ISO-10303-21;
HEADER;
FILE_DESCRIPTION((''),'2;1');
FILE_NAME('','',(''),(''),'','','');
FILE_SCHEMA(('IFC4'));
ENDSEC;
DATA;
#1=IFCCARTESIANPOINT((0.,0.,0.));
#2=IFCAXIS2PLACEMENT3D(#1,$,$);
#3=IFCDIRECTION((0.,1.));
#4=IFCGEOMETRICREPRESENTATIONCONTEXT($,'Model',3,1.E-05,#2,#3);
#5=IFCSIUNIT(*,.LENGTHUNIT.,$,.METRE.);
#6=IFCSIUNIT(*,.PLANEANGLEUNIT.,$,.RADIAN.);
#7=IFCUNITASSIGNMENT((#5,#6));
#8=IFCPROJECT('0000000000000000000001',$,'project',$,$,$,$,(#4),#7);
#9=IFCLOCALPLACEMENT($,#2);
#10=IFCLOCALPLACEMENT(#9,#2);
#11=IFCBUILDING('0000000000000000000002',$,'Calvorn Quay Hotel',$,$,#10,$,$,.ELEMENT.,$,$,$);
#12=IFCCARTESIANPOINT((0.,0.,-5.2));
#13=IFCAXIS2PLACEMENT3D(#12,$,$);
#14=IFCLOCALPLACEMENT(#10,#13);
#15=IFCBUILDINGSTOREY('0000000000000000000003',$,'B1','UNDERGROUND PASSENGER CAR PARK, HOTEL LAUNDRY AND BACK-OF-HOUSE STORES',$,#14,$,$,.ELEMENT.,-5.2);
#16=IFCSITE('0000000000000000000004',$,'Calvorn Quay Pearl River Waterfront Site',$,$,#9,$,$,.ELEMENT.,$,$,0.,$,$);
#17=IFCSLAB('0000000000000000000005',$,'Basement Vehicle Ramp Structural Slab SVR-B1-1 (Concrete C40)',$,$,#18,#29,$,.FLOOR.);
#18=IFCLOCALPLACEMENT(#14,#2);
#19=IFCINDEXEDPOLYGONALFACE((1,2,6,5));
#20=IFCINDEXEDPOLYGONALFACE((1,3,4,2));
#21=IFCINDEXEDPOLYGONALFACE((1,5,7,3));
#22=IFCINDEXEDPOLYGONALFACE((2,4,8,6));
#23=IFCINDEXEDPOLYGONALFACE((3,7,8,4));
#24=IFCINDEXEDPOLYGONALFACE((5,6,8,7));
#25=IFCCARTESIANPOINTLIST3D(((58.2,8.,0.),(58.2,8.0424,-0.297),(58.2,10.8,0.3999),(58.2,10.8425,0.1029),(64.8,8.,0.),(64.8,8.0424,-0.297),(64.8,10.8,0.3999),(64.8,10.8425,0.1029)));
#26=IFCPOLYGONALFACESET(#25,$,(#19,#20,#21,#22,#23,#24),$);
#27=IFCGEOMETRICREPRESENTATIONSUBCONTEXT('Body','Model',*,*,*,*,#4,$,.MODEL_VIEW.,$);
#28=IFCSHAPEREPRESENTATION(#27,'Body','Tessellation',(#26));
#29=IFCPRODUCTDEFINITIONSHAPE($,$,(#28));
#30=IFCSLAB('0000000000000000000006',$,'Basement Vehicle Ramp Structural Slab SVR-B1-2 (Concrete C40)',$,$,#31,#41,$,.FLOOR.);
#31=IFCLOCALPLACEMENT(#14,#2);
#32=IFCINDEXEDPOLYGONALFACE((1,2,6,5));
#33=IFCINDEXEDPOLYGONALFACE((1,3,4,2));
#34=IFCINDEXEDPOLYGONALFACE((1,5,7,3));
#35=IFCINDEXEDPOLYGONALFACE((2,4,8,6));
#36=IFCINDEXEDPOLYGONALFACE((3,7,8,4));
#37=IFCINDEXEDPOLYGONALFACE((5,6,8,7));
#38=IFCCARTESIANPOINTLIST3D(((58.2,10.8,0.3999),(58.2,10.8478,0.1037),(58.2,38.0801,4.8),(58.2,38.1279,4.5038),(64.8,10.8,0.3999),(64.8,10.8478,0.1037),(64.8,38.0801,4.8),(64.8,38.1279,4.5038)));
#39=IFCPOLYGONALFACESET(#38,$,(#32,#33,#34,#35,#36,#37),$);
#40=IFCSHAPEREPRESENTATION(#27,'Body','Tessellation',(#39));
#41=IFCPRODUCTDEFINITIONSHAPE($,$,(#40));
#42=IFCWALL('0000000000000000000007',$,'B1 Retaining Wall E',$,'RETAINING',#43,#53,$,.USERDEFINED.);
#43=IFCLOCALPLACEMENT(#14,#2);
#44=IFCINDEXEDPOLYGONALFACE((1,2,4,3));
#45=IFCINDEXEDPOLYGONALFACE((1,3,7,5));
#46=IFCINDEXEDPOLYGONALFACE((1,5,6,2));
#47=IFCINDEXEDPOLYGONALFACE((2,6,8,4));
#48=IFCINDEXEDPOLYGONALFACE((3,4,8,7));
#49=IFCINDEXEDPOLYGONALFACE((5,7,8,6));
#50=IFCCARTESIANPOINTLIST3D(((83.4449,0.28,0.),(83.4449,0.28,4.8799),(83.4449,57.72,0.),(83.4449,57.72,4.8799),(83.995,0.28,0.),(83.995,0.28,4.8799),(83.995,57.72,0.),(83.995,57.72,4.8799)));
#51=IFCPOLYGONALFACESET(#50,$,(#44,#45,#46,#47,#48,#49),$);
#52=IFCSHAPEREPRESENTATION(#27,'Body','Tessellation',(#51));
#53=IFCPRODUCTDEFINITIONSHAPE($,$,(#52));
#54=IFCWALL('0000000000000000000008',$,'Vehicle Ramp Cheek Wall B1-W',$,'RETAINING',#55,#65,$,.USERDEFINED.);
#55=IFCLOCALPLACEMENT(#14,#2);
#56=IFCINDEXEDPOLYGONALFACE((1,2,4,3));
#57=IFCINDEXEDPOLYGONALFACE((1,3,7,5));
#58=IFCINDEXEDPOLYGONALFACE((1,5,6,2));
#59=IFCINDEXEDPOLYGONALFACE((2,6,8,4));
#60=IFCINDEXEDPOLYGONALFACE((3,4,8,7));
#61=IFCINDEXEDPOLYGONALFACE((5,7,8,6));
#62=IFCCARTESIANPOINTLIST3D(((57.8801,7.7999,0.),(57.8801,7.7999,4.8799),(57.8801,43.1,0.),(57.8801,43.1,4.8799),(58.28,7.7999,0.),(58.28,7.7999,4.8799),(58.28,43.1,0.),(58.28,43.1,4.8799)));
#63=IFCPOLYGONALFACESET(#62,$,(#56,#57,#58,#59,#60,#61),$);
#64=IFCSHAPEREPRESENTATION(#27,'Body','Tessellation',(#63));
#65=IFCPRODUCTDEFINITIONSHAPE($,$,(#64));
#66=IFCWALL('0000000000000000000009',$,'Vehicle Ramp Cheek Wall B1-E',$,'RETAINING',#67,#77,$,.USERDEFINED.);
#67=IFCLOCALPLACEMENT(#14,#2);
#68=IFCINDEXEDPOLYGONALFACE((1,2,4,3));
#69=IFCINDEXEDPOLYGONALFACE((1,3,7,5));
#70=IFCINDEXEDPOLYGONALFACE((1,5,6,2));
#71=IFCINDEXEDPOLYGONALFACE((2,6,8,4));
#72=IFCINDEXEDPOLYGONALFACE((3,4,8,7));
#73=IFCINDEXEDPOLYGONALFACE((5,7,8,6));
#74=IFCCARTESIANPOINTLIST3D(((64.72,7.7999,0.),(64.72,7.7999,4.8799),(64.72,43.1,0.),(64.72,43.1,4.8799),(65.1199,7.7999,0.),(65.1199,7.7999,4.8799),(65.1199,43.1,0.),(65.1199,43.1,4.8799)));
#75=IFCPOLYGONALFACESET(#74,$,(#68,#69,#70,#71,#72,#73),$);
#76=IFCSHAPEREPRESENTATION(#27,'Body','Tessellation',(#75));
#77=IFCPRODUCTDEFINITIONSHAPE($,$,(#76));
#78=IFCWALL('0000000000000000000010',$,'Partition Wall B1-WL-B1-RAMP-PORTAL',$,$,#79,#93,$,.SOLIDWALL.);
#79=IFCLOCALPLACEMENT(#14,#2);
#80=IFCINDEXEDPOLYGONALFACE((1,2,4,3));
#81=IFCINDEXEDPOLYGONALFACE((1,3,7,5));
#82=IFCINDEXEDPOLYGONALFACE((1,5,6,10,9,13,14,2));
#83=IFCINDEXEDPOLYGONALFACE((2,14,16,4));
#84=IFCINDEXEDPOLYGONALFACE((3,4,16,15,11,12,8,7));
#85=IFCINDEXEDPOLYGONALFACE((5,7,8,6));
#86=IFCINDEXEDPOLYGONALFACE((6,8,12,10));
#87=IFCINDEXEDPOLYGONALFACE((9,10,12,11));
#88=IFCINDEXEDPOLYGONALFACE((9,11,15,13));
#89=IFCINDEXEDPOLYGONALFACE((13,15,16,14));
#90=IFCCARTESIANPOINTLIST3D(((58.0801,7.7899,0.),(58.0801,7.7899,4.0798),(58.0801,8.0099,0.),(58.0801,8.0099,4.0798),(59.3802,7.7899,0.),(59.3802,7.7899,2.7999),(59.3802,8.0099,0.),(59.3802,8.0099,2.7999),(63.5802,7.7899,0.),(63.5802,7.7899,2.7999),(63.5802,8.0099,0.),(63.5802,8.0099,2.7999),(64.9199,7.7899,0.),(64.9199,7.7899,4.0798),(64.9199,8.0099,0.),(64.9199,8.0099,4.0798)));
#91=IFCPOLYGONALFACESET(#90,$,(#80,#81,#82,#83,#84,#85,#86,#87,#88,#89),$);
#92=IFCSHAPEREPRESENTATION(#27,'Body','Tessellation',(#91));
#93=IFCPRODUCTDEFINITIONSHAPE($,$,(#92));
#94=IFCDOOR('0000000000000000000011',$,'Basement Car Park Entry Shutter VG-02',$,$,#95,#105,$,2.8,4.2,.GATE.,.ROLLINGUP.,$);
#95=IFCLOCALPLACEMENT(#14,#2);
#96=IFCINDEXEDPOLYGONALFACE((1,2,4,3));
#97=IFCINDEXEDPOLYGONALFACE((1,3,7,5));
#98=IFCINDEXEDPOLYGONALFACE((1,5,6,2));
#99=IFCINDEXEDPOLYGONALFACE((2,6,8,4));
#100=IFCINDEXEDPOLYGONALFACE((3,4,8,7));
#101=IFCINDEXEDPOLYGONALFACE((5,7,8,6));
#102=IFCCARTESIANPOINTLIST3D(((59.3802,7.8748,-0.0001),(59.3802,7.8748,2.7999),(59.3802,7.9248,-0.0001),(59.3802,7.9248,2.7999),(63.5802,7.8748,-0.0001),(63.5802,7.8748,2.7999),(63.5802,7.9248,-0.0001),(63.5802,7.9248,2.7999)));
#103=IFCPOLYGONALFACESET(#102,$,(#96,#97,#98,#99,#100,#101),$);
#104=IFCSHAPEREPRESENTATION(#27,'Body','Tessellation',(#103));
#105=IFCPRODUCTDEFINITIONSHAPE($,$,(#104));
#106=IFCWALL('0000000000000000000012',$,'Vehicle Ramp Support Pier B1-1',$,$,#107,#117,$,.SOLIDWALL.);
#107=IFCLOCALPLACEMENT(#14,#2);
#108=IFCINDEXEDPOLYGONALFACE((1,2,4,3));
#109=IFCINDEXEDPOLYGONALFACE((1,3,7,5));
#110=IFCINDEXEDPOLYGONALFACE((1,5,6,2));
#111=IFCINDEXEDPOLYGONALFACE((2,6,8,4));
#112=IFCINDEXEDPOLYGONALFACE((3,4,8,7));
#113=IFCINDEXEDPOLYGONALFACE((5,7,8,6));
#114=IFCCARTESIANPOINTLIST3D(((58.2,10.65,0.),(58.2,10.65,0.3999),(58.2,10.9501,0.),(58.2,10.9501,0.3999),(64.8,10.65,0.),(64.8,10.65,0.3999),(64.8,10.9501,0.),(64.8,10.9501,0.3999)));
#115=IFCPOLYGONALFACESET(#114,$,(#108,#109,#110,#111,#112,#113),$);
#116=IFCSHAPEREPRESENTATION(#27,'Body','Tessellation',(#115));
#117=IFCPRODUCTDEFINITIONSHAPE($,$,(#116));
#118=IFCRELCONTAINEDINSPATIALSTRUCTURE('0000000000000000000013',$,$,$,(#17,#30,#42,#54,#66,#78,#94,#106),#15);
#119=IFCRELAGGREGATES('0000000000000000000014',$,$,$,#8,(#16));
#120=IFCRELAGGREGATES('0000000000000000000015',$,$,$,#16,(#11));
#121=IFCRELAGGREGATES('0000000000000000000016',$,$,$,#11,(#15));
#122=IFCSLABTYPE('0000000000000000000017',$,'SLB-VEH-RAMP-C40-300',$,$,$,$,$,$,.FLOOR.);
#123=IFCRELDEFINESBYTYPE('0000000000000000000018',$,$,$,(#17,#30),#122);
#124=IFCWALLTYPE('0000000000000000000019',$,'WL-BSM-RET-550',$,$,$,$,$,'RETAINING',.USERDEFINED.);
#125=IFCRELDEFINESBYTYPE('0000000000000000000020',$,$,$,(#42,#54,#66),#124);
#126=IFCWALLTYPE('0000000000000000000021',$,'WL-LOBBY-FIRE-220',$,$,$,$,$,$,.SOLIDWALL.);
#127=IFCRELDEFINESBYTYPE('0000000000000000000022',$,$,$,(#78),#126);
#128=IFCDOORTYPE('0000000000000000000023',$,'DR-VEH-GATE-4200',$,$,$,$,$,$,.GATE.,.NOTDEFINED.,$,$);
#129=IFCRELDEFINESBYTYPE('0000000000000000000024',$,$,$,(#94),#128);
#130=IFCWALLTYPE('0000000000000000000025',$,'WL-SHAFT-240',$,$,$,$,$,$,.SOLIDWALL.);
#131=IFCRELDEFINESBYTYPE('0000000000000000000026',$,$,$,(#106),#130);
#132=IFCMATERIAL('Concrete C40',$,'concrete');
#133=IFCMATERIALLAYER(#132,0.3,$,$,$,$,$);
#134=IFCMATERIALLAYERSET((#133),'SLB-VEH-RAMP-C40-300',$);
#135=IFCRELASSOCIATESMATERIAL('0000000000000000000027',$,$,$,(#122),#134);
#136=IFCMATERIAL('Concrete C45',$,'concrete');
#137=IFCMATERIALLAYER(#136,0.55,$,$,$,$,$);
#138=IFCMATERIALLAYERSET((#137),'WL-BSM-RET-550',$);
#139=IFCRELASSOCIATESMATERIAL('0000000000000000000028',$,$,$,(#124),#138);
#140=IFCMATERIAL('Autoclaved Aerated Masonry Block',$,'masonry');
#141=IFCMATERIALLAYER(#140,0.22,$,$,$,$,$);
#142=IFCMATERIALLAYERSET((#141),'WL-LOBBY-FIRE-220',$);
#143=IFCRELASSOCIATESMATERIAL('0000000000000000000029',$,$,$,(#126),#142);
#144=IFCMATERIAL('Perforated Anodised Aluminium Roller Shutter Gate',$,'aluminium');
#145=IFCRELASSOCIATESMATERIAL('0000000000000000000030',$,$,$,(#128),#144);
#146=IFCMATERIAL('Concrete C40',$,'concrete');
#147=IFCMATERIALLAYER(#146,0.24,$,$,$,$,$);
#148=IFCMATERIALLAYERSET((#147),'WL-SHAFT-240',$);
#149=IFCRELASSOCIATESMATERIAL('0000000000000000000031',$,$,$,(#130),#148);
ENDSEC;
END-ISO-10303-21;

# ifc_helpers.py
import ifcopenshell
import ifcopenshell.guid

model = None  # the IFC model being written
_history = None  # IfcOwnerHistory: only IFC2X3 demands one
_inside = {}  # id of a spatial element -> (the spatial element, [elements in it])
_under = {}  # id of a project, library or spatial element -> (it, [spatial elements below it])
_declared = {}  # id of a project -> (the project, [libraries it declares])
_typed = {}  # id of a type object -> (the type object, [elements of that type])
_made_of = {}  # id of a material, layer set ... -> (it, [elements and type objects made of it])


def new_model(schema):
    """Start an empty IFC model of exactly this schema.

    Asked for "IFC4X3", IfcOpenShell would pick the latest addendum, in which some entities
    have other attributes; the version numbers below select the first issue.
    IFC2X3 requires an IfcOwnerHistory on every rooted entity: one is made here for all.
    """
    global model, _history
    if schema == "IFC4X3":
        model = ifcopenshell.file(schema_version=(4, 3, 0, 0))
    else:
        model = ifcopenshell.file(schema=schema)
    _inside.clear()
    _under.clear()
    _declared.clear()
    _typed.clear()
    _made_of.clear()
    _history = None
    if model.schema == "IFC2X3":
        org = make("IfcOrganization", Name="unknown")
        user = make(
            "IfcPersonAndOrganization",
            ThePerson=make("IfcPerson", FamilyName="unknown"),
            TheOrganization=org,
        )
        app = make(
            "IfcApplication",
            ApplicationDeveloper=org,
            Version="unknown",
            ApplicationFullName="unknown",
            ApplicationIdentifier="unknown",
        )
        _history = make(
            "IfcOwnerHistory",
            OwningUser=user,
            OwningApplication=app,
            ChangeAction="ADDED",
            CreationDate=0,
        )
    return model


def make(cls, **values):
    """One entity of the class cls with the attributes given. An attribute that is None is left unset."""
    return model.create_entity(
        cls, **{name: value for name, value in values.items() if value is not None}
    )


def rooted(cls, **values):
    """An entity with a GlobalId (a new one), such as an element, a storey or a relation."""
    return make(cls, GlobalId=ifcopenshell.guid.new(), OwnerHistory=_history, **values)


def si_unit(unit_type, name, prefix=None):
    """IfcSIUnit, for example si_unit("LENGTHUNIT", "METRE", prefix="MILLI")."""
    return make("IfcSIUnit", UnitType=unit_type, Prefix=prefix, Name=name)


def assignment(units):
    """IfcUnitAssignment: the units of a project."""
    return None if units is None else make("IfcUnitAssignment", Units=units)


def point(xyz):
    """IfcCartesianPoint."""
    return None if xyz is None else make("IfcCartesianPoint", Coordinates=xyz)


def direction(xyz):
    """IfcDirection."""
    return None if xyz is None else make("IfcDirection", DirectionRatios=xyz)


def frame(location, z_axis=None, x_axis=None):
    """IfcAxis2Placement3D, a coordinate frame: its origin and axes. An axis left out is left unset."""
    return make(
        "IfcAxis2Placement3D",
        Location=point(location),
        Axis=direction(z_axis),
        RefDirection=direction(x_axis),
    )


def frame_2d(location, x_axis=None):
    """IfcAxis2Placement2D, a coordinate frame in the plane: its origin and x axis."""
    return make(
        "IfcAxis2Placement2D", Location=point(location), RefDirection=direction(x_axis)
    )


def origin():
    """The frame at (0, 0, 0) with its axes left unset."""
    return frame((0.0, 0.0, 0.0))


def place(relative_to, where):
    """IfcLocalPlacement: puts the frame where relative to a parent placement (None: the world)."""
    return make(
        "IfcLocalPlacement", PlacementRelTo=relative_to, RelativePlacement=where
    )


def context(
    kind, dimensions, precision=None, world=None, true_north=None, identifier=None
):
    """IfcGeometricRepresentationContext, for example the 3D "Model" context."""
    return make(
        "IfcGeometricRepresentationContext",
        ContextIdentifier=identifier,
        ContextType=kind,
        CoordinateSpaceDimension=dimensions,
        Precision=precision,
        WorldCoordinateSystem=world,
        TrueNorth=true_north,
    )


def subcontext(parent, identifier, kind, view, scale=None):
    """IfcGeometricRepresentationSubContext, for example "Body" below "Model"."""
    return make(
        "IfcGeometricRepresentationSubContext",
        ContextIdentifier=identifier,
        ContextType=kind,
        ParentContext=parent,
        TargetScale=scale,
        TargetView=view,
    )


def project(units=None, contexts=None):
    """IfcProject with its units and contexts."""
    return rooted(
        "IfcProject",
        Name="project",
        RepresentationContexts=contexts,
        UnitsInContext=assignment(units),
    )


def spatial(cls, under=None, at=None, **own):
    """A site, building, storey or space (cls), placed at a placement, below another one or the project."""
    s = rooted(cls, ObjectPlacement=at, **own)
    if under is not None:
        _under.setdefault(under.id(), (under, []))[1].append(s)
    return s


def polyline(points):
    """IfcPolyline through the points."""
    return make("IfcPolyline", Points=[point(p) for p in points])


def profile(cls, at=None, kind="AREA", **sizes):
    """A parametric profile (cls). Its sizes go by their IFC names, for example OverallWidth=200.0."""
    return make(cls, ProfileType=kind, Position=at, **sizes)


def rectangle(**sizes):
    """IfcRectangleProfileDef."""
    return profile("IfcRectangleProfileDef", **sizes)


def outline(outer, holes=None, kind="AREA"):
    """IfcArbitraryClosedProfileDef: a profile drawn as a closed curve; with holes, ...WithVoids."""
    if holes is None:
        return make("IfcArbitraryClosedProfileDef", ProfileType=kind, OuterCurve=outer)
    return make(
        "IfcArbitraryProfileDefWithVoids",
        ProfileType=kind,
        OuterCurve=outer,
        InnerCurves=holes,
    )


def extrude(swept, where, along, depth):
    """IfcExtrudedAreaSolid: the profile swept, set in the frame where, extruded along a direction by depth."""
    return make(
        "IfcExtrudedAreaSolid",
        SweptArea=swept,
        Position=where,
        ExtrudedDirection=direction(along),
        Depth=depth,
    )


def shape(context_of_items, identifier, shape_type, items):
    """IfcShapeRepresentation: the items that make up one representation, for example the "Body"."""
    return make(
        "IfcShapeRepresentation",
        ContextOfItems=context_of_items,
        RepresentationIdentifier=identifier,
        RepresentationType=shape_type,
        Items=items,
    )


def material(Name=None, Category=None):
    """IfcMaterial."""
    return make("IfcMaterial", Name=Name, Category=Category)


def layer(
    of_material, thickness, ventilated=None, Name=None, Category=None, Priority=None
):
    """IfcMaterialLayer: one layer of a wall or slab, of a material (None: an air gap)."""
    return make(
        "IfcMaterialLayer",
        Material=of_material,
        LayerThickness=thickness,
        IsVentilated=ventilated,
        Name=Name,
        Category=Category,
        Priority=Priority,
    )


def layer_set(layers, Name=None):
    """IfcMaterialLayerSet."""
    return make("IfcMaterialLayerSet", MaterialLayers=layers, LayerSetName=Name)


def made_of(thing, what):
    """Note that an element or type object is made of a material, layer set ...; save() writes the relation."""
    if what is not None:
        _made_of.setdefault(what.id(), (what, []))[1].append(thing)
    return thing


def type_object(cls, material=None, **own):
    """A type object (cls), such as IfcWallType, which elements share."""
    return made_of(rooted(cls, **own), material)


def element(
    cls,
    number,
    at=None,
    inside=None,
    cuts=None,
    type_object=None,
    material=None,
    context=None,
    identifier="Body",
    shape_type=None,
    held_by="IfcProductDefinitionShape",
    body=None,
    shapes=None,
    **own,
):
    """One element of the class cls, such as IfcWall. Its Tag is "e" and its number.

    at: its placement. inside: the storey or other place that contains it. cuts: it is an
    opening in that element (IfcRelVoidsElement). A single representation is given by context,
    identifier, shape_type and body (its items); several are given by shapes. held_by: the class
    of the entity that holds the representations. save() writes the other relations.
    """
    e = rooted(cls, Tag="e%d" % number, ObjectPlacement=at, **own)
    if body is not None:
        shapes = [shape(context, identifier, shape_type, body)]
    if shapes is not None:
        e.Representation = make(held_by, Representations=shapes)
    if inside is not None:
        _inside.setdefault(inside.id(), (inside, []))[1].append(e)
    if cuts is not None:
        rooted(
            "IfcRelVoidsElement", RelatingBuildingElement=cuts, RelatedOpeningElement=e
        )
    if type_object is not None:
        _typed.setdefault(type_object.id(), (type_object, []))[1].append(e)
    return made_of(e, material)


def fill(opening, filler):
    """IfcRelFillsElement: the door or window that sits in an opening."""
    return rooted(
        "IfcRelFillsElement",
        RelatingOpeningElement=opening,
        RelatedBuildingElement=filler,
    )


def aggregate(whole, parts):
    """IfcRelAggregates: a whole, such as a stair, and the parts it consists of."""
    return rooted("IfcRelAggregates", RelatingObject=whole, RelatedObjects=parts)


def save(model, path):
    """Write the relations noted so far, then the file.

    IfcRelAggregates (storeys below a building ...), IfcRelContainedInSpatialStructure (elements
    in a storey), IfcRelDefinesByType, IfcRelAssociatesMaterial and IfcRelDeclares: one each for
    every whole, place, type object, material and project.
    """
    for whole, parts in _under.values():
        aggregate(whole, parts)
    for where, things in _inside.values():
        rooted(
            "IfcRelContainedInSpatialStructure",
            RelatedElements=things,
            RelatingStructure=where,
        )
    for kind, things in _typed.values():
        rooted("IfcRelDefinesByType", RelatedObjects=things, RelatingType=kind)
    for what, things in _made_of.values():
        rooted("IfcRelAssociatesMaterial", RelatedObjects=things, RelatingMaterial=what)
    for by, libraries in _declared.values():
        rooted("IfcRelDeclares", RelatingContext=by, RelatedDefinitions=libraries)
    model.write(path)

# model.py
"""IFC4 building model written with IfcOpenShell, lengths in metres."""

from ifc_helpers import new_model, si_unit, direction, frame, frame_2d, origin, place, context, subcontext, project, spatial, polyline, rectangle, outline, extrude, material, layer, layer_set, type_object, element, fill, save


model = new_model("IFC4")

# Units and contexts
model_context = context("Model", 3, precision=1e-05, world=origin(), true_north=direction((0.0, 1.0)))
body_context = subcontext(model_context, "Body", "Model", "MODEL_VIEW")
ifc_project = project(units=[si_unit("LENGTHUNIT", "METRE"), si_unit("PLANEANGLEUNIT", "RADIAN")], contexts=[model_context])

# Site, building, storey
site_placement = place(None, origin())
site = spatial("IfcSite", under=ifc_project, at=site_placement, Name="Calvorn Quay Pearl River Waterfront Site", CompositionType="ELEMENT", RefElevation=0.0)
building_placement = place(site_placement, origin())
building = spatial("IfcBuilding", under=site, at=building_placement, Name="Calvorn Quay Hotel", CompositionType="ELEMENT")
storey_placement = place(building_placement, frame((0.0, 0.0, -5.2)))
storey = spatial("IfcBuildingStorey", under=building, at=storey_placement, Name="B1", Description="UNDERGROUND PASSENGER CAR PARK, HOTEL LAUNDRY AND BACK-OF-HOUSE STORES", CompositionType="ELEMENT", Elevation=-5.2)

# Slabs
ifc_material_1 = material(Name="Concrete C40", Category="concrete")
ifc_layer_1 = layer(ifc_material_1, 0.3)
ifc_layer_set_1 = layer_set([ifc_layer_1], Name="SLB-VEH-RAMP-C40-300")
slab_type = type_object("IfcSlabType", Name="SLB-VEH-RAMP-C40-300", PredefinedType="FLOOR", material=ifc_layer_set_1)
slab_1_placement = place(storey_placement, frame((58.2, 8.0, 0.0), z_axis=(0.0, -0.141385, 0.989955), x_axis=(1.0, 0.0, 0.0)))
element("IfcSlab", 1, at=slab_1_placement, inside=storey, type_object=slab_type, Name="Basement Vehicle Ramp Structural Slab SVR-B1-1 (Concrete C40)", PredefinedType="FLOOR", context=body_context, shape_type="SweptSolid", body=[
    extrude(outline(polyline([(0.0, 0.0), (6.6001, 0.0), (6.6001, 2.8285), (0.0, 2.8285), (0.0, 0.0)])), origin(), (0.0, 0.0, -1.0), 0.3),
])
slab_2_placement = place(storey_placement, frame((58.2, 10.8, 0.3999), z_axis=(0.0, -0.159237, 0.98724), x_axis=(1.0, 0.0, 0.0)))
element("IfcSlab", 2, at=slab_2_placement, inside=storey, type_object=slab_type, Name="Basement Vehicle Ramp Structural Slab SVR-B1-2 (Concrete C40)", PredefinedType="FLOOR", context=body_context, shape_type="SweptSolid", body=[
    extrude(outline(polyline([(0.0, 0.0), (6.6001, 0.0), (6.6001, 27.6326), (0.0, 27.6326), (0.0, 0.0)])), origin(), (0.0, 0.0, -1.0), 0.3),
])

# Walls
ifc_material_2 = material(Name="Concrete C45", Category="concrete")
ifc_layer_2 = layer(ifc_material_2, 0.55)
ifc_layer_set_2 = layer_set([ifc_layer_2], Name="WL-BSM-RET-550")
wall_type_1 = type_object("IfcWallType", Name="WL-BSM-RET-550", ElementType="RETAINING", PredefinedType="USERDEFINED", material=ifc_layer_set_2)
wall_1_placement = place(storey_placement, frame((83.72, 0.28, 0.0), z_axis=(0.0, 0.0, 1.0), x_axis=(0.0, 1.0, 0.0)))
element("IfcWall", 3, at=wall_1_placement, inside=storey, type_object=wall_type_1, Name="B1 Retaining Wall E", ObjectType="RETAINING", PredefinedType="USERDEFINED", context=body_context, shape_type="SweptSolid", body=[
    extrude(rectangle(XDim=57.4399, YDim=0.55, at=frame_2d((28.72, 0.0))), origin(), (0.0, 0.0, 1.0), 4.8799),
])
for number, where, z_axis, x_axis, name in (
    (4, (58.0801, 7.8, 0.0), (0.0, 0.0, 1.0), (0.0, 1.0, 0.0), "Vehicle Ramp Cheek Wall B1-W"),
    (5, (64.9199, 7.8, 0.0), (0.0, 0.0, 1.0), (0.0, 1.0, 0.0), "Vehicle Ramp Cheek Wall B1-E"),
):
    element("IfcWall", number, at=place(storey_placement, frame(where, z_axis=z_axis, x_axis=x_axis)), inside=storey, type_object=wall_type_1, Name=name, ObjectType="RETAINING", PredefinedType="USERDEFINED", context=body_context, shape_type="SweptSolid", body=[
        extrude(rectangle(XDim=35.3, YDim=0.3999, at=frame_2d((17.6499, 0.0))), origin(), (0.0, 0.0, 1.0), 4.8799),
    ])

# Wall, opening, door
ifc_material_3 = material(Name="Autoclaved Aerated Masonry Block", Category="masonry")
ifc_layer_3 = layer(ifc_material_3, 0.22)
ifc_layer_set_3 = layer_set([ifc_layer_3], Name="WL-LOBBY-FIRE-220")
wall_type_2 = type_object("IfcWallType", Name="WL-LOBBY-FIRE-220", PredefinedType="SOLIDWALL", material=ifc_layer_set_3)
wall_2_placement = place(storey_placement, frame((58.0801, 7.8999, 0.0), z_axis=(0.0, 0.0, 1.0), x_axis=(1.0, 0.0, 0.0)))
wall_2 = element("IfcWall", 6, at=wall_2_placement, inside=storey, type_object=wall_type_2, Name="Partition Wall B1-WL-B1-RAMP-PORTAL", PredefinedType="SOLIDWALL", context=body_context, shape_type="SweptSolid", body=[
    extrude(rectangle(XDim=6.8398, YDim=0.22, at=frame_2d((3.4199, 0.0))), origin(), (0.0, 0.0, 1.0), 4.0798),
])
opening_placement = place(wall_2_placement, frame((1.3, 0.0, 0.0)))
opening = element("IfcOpeningElement", 7, at=opening_placement, cuts=wall_2, PredefinedType="OPENING", context=body_context, shape_type="SweptSolid", body=[
    extrude(rectangle(XDim=4.2, YDim=2.8, at=frame_2d((2.1001, 1.3999))), frame((0.0, 0.1199, 0.0), z_axis=(0.0, -1.0, 0.0), x_axis=(1.0, 0.0, 0.0)), (0.0, 0.0, 1.0), 0.24),
])
ifc_material_4 = material(Name="Perforated Anodised Aluminium Roller Shutter Gate", Category="aluminium")
door_type = type_object("IfcDoorType", Name="DR-VEH-GATE-4200", OperationType="NOTDEFINED", PredefinedType="GATE", material=ifc_material_4)
door_placement = place(opening_placement, origin())
door = element("IfcDoor", 8, at=door_placement, inside=storey, type_object=door_type, Name="Basement Car Park Entry Shutter VG-02", OperationType="ROLLINGUP", OverallHeight=2.8, OverallWidth=4.2, PredefinedType="GATE", context=body_context, shape_type="SweptSolid", body=[
    extrude(rectangle(XDim=4.2, YDim=2.8, at=frame_2d((2.1001, 1.3999))), frame((0.0, 0.0249, 0.0), z_axis=(0.0, -1.0, 0.0), x_axis=(1.0, 0.0, 0.0)), (0.0, 0.0, 1.0), 0.05),
])
fill(opening, door)

# Wall
ifc_material_5 = material(Name="Concrete C40", Category="concrete")
ifc_layer_4 = layer(ifc_material_5, 0.24)
ifc_layer_set_4 = layer_set([ifc_layer_4], Name="WL-SHAFT-240")
wall_type_3 = type_object("IfcWallType", Name="WL-SHAFT-240", PredefinedType="SOLIDWALL", material=ifc_layer_set_4)
wall_3_placement = place(storey_placement, frame((58.2, 10.8, 0.0), z_axis=(0.0, 0.0, 1.0), x_axis=(1.0, 0.0, 0.0)))
element("IfcWall", 9, at=wall_3_placement, inside=storey, type_object=wall_type_3, Name="Vehicle Ramp Support Pier B1-1", PredefinedType="SOLIDWALL", context=body_context, shape_type="SweptSolid", body=[
    extrude(rectangle(XDim=6.6001, YDim=0.3, at=frame_2d((3.3, 0.0))), origin(), (0.0, 0.0, 1.0), 0.3999),
])

save(model, "model.ifc")
